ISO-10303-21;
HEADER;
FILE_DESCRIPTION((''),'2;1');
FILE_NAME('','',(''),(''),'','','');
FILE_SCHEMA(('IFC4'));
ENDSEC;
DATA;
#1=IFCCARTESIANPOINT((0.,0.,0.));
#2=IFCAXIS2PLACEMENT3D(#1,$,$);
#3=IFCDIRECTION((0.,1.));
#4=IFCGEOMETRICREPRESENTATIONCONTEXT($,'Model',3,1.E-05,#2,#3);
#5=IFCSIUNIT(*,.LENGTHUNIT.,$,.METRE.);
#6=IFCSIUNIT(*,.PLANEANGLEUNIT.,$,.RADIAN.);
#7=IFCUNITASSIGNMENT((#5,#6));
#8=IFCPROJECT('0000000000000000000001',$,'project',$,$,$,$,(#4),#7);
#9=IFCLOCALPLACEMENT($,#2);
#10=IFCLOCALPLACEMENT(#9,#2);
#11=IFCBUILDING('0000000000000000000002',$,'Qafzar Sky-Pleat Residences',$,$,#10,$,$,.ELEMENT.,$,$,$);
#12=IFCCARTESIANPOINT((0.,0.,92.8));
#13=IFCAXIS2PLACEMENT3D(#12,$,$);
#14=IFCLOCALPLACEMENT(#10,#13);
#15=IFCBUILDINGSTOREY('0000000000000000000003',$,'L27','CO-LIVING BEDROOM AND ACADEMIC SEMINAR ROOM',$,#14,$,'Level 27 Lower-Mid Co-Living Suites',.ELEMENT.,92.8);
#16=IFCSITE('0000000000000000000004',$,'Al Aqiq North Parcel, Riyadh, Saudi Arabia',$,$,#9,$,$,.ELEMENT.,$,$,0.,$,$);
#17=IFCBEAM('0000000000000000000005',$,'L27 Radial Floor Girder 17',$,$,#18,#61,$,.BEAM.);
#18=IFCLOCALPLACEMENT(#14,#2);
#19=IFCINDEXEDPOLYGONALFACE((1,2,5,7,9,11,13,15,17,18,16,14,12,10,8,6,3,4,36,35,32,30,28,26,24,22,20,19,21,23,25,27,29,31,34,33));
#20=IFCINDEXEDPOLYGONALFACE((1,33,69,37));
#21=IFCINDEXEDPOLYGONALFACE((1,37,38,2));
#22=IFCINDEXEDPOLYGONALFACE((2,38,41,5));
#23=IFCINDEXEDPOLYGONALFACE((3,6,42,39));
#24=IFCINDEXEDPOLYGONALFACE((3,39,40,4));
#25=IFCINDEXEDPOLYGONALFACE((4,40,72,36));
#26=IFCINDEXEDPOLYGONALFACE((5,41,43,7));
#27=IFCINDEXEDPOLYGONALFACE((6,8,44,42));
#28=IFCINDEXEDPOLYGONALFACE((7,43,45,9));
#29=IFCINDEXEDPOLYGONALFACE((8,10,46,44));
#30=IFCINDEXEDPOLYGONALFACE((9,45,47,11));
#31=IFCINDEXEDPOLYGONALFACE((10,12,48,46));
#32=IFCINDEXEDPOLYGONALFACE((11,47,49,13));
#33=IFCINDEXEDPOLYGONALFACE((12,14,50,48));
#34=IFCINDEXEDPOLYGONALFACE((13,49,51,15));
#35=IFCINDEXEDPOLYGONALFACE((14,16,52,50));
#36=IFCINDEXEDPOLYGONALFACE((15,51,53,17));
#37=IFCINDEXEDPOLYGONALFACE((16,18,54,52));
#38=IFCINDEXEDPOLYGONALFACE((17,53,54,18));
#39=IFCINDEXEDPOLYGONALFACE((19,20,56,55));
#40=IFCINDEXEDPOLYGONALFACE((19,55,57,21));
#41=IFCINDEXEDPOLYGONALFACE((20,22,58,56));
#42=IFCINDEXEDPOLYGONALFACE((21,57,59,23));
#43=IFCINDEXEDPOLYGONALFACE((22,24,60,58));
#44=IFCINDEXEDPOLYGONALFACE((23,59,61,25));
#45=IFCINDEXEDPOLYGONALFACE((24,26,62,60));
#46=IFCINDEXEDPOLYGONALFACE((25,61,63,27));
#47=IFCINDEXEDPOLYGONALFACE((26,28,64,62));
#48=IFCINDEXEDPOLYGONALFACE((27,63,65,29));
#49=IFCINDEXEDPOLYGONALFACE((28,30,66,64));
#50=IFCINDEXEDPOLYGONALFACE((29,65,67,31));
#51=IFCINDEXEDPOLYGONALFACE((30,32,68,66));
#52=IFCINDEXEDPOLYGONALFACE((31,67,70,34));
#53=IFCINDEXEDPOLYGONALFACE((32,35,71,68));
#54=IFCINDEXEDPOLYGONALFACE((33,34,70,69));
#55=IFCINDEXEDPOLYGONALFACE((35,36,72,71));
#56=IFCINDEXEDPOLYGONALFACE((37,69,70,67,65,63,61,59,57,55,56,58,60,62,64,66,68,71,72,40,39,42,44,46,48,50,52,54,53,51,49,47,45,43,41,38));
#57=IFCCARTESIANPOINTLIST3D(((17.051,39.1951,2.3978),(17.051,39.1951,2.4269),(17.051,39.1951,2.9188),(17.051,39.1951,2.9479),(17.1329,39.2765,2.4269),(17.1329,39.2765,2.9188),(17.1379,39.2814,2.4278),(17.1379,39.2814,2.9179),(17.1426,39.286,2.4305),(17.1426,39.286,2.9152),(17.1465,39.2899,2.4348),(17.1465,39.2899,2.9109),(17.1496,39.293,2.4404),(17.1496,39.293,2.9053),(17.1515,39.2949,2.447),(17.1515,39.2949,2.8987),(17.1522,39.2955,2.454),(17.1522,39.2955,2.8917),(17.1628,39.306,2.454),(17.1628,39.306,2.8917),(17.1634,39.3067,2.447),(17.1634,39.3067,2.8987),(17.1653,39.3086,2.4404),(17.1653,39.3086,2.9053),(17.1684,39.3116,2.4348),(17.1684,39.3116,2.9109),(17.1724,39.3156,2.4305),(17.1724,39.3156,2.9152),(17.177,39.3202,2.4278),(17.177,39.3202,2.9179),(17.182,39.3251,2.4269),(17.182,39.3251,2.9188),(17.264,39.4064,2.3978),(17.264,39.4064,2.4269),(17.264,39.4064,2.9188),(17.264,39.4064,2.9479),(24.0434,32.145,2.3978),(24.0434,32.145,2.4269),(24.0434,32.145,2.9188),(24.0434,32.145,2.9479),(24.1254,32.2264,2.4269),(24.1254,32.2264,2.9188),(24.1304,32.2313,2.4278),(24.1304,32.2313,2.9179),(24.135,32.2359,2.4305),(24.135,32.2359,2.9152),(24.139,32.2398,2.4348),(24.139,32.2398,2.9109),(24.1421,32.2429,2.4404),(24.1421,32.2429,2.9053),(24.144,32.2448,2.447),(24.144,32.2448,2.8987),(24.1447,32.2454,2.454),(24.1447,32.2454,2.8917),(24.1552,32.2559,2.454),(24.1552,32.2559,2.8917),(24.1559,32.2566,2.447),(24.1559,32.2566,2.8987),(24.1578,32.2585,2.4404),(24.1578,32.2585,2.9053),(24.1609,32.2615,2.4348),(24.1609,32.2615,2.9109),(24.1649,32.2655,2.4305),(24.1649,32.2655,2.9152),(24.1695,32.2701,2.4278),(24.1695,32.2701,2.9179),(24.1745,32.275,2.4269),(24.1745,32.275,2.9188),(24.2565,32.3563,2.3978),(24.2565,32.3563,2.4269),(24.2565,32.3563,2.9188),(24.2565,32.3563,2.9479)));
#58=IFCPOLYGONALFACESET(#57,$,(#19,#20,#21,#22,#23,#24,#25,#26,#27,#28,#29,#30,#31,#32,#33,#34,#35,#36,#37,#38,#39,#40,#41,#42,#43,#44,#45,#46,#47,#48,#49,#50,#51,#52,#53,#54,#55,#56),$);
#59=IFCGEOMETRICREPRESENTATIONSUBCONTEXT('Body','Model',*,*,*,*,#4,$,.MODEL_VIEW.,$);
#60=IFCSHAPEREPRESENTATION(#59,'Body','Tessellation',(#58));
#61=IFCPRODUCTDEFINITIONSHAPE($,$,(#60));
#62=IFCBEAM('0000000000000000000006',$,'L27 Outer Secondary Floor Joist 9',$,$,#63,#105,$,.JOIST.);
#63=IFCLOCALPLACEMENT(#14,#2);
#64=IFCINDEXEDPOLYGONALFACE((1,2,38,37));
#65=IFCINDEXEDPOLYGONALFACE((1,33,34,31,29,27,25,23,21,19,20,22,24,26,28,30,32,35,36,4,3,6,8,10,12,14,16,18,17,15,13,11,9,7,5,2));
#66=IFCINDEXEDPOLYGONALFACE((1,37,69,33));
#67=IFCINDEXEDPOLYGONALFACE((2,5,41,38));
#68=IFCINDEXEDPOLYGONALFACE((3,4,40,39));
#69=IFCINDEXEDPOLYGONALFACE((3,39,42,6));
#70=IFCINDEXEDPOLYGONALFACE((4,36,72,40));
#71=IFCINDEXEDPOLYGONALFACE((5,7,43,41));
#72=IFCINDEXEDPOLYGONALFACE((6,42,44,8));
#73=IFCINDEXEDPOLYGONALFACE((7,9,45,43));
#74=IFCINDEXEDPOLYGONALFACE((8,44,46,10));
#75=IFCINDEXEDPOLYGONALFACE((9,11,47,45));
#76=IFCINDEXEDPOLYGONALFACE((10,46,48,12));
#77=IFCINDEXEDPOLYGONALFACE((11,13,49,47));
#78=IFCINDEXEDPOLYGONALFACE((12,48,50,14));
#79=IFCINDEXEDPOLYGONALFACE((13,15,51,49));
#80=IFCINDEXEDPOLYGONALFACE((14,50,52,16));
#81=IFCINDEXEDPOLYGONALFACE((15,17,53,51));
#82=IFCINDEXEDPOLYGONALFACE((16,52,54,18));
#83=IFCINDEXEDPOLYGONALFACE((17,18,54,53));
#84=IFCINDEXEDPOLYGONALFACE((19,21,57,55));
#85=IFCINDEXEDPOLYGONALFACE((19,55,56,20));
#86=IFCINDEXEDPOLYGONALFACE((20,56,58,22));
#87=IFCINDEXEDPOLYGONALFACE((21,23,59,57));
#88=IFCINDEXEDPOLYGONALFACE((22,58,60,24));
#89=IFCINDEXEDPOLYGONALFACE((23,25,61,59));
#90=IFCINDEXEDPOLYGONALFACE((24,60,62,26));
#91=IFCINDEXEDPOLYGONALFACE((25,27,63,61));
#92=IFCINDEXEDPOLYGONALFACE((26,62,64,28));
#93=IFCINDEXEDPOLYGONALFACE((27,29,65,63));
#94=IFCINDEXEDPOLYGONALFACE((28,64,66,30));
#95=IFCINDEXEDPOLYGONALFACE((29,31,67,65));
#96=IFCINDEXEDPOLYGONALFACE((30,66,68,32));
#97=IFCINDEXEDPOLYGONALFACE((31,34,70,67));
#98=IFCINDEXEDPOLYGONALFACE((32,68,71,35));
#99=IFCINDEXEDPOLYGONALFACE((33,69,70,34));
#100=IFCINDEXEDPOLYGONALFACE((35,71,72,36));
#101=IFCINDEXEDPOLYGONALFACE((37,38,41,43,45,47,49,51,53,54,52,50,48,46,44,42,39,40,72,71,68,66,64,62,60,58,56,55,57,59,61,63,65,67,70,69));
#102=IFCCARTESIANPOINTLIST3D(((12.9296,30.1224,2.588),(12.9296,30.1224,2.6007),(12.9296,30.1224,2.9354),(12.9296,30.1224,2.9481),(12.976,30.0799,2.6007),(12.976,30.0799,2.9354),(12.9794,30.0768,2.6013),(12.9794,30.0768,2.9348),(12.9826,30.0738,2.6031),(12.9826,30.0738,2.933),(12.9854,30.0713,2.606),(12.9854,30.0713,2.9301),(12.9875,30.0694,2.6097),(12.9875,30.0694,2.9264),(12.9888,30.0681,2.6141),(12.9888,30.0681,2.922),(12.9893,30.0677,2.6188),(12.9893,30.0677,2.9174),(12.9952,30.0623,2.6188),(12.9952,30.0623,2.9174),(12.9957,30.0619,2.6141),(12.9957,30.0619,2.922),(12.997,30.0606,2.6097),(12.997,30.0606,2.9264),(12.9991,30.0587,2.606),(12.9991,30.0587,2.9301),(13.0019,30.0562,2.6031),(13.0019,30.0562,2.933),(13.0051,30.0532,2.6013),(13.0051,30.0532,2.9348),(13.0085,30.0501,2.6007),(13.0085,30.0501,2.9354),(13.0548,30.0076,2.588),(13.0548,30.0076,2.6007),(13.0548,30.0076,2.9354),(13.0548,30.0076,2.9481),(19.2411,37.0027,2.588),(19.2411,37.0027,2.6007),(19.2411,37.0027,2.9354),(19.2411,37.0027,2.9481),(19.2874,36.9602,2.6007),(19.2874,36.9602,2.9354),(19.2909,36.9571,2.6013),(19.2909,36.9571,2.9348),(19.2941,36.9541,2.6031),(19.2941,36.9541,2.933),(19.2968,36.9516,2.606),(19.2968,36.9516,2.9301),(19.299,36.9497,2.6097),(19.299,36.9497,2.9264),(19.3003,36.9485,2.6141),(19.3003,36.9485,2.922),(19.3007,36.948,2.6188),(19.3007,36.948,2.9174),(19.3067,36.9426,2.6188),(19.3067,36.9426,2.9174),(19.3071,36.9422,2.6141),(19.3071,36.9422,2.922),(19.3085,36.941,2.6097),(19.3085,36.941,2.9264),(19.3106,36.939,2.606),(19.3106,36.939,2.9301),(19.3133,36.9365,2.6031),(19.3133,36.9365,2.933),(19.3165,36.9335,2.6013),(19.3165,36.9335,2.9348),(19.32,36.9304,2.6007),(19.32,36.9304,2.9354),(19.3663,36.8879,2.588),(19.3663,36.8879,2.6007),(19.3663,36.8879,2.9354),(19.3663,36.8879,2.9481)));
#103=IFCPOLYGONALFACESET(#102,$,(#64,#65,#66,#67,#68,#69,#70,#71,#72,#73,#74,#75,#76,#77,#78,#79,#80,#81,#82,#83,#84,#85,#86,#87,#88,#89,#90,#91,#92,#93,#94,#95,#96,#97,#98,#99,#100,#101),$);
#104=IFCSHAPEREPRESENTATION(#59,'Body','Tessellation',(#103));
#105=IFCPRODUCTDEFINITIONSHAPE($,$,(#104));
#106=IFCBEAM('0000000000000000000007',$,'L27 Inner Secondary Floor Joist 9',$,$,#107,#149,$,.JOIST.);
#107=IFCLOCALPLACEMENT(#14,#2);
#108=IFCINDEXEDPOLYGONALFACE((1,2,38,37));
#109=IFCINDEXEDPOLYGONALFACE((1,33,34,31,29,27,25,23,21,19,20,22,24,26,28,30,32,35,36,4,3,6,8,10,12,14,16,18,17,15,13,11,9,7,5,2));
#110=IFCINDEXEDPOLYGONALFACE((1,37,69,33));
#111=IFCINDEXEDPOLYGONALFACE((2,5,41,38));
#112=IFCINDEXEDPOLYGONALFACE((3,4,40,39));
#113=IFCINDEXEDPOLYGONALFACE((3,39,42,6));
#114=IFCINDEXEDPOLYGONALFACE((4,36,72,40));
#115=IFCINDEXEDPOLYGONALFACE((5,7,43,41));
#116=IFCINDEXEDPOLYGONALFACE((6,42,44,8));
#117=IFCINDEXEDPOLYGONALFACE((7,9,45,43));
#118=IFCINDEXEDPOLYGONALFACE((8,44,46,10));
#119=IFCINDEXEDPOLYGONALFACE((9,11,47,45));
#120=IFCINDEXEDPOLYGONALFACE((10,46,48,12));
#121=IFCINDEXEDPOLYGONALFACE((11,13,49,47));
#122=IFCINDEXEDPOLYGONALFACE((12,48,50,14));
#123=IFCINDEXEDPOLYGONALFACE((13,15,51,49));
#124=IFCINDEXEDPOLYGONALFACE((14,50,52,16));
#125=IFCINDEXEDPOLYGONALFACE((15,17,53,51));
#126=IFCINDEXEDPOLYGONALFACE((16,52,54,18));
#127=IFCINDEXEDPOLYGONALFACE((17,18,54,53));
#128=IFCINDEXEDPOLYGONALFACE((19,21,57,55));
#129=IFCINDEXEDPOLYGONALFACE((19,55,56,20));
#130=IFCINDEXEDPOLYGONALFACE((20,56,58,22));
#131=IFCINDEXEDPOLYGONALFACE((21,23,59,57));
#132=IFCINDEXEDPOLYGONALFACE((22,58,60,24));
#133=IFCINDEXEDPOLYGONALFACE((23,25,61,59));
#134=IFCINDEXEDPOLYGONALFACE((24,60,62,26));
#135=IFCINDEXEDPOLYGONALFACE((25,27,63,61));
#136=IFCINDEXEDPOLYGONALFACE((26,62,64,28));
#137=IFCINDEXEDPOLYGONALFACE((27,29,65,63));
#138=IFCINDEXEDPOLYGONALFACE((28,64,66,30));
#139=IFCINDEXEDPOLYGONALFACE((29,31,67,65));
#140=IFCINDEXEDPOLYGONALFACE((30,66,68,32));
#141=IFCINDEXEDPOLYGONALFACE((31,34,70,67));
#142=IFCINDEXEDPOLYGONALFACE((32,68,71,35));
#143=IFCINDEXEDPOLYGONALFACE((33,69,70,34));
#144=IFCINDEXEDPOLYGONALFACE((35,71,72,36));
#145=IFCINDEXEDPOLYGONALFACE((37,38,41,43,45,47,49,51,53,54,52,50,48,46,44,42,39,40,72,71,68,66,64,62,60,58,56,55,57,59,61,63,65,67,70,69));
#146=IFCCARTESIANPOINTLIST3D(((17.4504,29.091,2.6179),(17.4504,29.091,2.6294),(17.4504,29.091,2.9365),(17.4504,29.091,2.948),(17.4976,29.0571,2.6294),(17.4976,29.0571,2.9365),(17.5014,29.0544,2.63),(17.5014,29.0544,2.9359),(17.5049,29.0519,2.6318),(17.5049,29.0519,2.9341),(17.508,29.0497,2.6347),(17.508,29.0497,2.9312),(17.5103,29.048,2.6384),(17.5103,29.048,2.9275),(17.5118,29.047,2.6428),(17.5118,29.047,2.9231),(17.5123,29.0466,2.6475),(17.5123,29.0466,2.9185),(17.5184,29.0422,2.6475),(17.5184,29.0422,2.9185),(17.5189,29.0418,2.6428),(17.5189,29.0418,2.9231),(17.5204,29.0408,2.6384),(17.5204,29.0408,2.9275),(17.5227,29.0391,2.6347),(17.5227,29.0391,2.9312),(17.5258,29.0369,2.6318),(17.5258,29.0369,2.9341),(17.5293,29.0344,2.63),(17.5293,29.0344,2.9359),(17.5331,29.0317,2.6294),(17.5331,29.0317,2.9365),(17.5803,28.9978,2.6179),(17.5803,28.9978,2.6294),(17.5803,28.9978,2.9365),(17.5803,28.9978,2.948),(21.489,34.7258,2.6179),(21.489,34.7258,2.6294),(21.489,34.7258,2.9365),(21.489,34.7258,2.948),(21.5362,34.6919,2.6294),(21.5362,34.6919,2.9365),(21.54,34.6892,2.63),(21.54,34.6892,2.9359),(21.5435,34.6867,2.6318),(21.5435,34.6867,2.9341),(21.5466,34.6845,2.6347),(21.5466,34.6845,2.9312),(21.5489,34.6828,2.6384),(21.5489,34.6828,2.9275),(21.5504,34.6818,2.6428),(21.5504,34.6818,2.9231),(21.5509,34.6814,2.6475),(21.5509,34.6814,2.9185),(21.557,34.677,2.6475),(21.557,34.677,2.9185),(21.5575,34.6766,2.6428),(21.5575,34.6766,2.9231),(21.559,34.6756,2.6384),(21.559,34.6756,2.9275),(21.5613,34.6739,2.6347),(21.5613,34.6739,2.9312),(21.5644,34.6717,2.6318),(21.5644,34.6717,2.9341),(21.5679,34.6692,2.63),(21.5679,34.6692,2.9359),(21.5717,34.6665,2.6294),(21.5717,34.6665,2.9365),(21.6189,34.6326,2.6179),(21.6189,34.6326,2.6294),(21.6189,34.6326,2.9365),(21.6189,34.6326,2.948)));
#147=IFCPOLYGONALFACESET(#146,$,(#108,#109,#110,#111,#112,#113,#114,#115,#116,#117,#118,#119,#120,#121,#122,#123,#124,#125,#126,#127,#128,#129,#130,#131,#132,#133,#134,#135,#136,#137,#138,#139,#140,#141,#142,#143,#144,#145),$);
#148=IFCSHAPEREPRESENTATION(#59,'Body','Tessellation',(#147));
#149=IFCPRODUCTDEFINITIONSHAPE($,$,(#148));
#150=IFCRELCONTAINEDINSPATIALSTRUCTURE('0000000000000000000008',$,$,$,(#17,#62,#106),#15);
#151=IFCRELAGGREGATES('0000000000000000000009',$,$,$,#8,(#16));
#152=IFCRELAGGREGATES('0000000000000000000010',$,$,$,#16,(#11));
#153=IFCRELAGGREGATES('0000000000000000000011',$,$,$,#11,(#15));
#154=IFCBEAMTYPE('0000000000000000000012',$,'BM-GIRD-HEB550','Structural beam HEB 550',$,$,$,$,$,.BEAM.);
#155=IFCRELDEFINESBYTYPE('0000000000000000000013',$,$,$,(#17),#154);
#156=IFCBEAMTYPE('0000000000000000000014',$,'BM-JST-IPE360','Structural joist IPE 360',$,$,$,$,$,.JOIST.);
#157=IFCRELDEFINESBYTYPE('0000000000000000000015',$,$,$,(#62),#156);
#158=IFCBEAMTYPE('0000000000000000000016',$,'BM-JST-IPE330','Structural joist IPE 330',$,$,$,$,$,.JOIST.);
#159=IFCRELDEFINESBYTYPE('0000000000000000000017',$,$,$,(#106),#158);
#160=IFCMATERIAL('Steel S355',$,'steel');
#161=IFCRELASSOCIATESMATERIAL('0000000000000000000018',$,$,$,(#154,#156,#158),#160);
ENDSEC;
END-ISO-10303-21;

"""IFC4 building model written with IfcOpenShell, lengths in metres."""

from ifc_helpers import new_model, si_unit, direction, frame, origin, origin_2d, place, context, subcontext, project, spatial, i_section, extrude, source, transform, mapped, material, material_profile, profile_set, type_object, element, save


model = new_model("IFC4")

# Units and contexts
model_context = context("Model", 3, precision=1e-05, world=origin(), true_north=direction((0.0, 1.0)))
body_context = subcontext(model_context, "Body", "Model", "MODEL_VIEW")
ifc_project = project(units=[si_unit("LENGTHUNIT", "METRE"), si_unit("PLANEANGLEUNIT", "RADIAN")], contexts=[model_context])

# Site, building, storey
site_placement = place(None, origin())
site = spatial("IfcSite", under=ifc_project, at=site_placement, Name="Al Aqiq North Parcel, Riyadh, Saudi Arabia", CompositionType="ELEMENT", RefElevation=0.0)
building_placement = place(site_placement, origin())
building = spatial("IfcBuilding", under=site, at=building_placement, Name="Qafzar Sky-Pleat Residences", CompositionType="ELEMENT")
storey_placement = place(building_placement, frame((0.0, 0.0, 92.8)))
storey = spatial("IfcBuildingStorey", under=building, at=storey_placement, Name="L27", Description="CO-LIVING BEDROOM AND ACADEMIC SEMINAR ROOM", LongName="Level 27 Lower-Mid Co-Living Suites", CompositionType="ELEMENT", Elevation=92.8)

# Beams
ifc_material_1 = material(Name="Steel S355", Category="steel")
ifc_material_profile_1 = material_profile(ifc_material_1, i_section(OverallWidth=0.3, OverallDepth=0.55, WebThickness=0.0149, FlangeThickness=0.0291, FilletRadius=0.0271, at=origin_2d()), Name="HEB 550")
ifc_profile_set_1 = profile_set([ifc_material_profile_1], Name="Steel S355")
beam_type_1 = type_object("IfcBeamType", Name="BM-GIRD-HEB550", Description="Structural beam HEB 550", PredefinedType="BEAM", material=ifc_profile_set_1)
shared_shape_1 = source(origin(), body_context, "Body", "SweptSolid", [
    extrude(i_section(OverallWidth=0.3, OverallDepth=0.55, WebThickness=0.0149, FlangeThickness=0.0291, FilletRadius=0.0271, at=origin_2d()), origin(), (0.0, 0.0, 1.0), 9.9297),
])
beam_1_placement = place(storey_placement, frame((17.1575, 39.3008, 2.6729), z_axis=(0.7042, -0.710002, 0.0), x_axis=(0.710002, 0.7042, 0.0)))
element("IfcBeam", 1, at=beam_1_placement, inside=storey, type_object=beam_type_1, Name="L27 Radial Floor Girder 17", PredefinedType="BEAM", context=body_context, shape_type="MappedRepresentation", body=[
    mapped(shared_shape_1, transform((0.0, 0.0, 0.0), x_axis=(1.0, 0.0, 0.0), y_axis=(0.0, 1.0, 0.0), z_axis=(0.0, 0.0, 1.0), scale=1.0)),
])
ifc_material_profile_2 = material_profile(ifc_material_1, i_section(OverallWidth=0.1699, OverallDepth=0.3601, WebThickness=0.0081, FlangeThickness=0.0127, FilletRadius=0.0181, at=origin_2d()), Name="IPE 360")
ifc_profile_set_2 = profile_set([ifc_material_profile_2], Name="Steel S355")
beam_type_2 = type_object("IfcBeamType", Name="BM-JST-IPE360", Description="Structural joist IPE 360", PredefinedType="JOIST", material=ifc_profile_set_2)
shared_shape_2 = source(origin(), body_context, "Body", "SweptSolid", [
    extrude(i_section(OverallWidth=0.1699, OverallDepth=0.3601, WebThickness=0.0081, FlangeThickness=0.0127, FilletRadius=0.0181, at=origin_2d()), origin(), (0.0, 0.0, 1.0), 9.3367),
])
beam_2_placement = place(storey_placement, frame((19.3037, 36.9453, 2.7681), z_axis=(-0.675987, -0.736913, 0.0), x_axis=(0.736913, -0.675987, 0.0)))
element("IfcBeam", 2, at=beam_2_placement, inside=storey, type_object=beam_type_2, Name="L27 Outer Secondary Floor Joist 9", PredefinedType="JOIST", context=body_context, shape_type="MappedRepresentation", body=[
    mapped(shared_shape_2, transform((0.0, 0.0, 0.0), x_axis=(1.0, 0.0, 0.0), y_axis=(0.0, 1.0, 0.0), z_axis=(0.0, 0.0, 1.0), scale=1.0)),
])
ifc_material_profile_3 = material_profile(ifc_material_1, i_section(OverallWidth=0.1599, OverallDepth=0.3301, WebThickness=0.0076, FlangeThickness=0.0115, FilletRadius=0.0181, at=origin_2d()), Name="IPE 330")
ifc_profile_set_3 = profile_set([ifc_material_profile_3], Name="Steel S355")
beam_type_3 = type_object("IfcBeamType", Name="BM-JST-IPE330", Description="Structural joist IPE 330", PredefinedType="JOIST", material=ifc_profile_set_3)
shared_shape_3 = source(origin(), body_context, "Body", "SweptSolid", [
    extrude(i_section(OverallWidth=0.1599, OverallDepth=0.3301, WebThickness=0.0076, FlangeThickness=0.0115, FilletRadius=0.0181, at=origin_2d()), origin(), (0.0, 0.0, 1.0), 6.9326),
])
beam_3_placement = place(storey_placement, frame((21.554, 34.6792, 2.783), z_axis=(-0.58255, -0.812795, 0.0), x_axis=(0.812795, -0.58255, 0.0)))
element("IfcBeam", 3, at=beam_3_placement, inside=storey, type_object=beam_type_3, Name="L27 Inner Secondary Floor Joist 9", PredefinedType="JOIST", context=body_context, shape_type="MappedRepresentation", body=[
    mapped(shared_shape_3, transform((0.0, 0.0, 0.0), x_axis=(1.0, 0.0, 0.0), y_axis=(0.0, 1.0, 0.0), z_axis=(0.0, 0.0, 1.0), scale=1.0)),
])

save(model, "model.ifc")
